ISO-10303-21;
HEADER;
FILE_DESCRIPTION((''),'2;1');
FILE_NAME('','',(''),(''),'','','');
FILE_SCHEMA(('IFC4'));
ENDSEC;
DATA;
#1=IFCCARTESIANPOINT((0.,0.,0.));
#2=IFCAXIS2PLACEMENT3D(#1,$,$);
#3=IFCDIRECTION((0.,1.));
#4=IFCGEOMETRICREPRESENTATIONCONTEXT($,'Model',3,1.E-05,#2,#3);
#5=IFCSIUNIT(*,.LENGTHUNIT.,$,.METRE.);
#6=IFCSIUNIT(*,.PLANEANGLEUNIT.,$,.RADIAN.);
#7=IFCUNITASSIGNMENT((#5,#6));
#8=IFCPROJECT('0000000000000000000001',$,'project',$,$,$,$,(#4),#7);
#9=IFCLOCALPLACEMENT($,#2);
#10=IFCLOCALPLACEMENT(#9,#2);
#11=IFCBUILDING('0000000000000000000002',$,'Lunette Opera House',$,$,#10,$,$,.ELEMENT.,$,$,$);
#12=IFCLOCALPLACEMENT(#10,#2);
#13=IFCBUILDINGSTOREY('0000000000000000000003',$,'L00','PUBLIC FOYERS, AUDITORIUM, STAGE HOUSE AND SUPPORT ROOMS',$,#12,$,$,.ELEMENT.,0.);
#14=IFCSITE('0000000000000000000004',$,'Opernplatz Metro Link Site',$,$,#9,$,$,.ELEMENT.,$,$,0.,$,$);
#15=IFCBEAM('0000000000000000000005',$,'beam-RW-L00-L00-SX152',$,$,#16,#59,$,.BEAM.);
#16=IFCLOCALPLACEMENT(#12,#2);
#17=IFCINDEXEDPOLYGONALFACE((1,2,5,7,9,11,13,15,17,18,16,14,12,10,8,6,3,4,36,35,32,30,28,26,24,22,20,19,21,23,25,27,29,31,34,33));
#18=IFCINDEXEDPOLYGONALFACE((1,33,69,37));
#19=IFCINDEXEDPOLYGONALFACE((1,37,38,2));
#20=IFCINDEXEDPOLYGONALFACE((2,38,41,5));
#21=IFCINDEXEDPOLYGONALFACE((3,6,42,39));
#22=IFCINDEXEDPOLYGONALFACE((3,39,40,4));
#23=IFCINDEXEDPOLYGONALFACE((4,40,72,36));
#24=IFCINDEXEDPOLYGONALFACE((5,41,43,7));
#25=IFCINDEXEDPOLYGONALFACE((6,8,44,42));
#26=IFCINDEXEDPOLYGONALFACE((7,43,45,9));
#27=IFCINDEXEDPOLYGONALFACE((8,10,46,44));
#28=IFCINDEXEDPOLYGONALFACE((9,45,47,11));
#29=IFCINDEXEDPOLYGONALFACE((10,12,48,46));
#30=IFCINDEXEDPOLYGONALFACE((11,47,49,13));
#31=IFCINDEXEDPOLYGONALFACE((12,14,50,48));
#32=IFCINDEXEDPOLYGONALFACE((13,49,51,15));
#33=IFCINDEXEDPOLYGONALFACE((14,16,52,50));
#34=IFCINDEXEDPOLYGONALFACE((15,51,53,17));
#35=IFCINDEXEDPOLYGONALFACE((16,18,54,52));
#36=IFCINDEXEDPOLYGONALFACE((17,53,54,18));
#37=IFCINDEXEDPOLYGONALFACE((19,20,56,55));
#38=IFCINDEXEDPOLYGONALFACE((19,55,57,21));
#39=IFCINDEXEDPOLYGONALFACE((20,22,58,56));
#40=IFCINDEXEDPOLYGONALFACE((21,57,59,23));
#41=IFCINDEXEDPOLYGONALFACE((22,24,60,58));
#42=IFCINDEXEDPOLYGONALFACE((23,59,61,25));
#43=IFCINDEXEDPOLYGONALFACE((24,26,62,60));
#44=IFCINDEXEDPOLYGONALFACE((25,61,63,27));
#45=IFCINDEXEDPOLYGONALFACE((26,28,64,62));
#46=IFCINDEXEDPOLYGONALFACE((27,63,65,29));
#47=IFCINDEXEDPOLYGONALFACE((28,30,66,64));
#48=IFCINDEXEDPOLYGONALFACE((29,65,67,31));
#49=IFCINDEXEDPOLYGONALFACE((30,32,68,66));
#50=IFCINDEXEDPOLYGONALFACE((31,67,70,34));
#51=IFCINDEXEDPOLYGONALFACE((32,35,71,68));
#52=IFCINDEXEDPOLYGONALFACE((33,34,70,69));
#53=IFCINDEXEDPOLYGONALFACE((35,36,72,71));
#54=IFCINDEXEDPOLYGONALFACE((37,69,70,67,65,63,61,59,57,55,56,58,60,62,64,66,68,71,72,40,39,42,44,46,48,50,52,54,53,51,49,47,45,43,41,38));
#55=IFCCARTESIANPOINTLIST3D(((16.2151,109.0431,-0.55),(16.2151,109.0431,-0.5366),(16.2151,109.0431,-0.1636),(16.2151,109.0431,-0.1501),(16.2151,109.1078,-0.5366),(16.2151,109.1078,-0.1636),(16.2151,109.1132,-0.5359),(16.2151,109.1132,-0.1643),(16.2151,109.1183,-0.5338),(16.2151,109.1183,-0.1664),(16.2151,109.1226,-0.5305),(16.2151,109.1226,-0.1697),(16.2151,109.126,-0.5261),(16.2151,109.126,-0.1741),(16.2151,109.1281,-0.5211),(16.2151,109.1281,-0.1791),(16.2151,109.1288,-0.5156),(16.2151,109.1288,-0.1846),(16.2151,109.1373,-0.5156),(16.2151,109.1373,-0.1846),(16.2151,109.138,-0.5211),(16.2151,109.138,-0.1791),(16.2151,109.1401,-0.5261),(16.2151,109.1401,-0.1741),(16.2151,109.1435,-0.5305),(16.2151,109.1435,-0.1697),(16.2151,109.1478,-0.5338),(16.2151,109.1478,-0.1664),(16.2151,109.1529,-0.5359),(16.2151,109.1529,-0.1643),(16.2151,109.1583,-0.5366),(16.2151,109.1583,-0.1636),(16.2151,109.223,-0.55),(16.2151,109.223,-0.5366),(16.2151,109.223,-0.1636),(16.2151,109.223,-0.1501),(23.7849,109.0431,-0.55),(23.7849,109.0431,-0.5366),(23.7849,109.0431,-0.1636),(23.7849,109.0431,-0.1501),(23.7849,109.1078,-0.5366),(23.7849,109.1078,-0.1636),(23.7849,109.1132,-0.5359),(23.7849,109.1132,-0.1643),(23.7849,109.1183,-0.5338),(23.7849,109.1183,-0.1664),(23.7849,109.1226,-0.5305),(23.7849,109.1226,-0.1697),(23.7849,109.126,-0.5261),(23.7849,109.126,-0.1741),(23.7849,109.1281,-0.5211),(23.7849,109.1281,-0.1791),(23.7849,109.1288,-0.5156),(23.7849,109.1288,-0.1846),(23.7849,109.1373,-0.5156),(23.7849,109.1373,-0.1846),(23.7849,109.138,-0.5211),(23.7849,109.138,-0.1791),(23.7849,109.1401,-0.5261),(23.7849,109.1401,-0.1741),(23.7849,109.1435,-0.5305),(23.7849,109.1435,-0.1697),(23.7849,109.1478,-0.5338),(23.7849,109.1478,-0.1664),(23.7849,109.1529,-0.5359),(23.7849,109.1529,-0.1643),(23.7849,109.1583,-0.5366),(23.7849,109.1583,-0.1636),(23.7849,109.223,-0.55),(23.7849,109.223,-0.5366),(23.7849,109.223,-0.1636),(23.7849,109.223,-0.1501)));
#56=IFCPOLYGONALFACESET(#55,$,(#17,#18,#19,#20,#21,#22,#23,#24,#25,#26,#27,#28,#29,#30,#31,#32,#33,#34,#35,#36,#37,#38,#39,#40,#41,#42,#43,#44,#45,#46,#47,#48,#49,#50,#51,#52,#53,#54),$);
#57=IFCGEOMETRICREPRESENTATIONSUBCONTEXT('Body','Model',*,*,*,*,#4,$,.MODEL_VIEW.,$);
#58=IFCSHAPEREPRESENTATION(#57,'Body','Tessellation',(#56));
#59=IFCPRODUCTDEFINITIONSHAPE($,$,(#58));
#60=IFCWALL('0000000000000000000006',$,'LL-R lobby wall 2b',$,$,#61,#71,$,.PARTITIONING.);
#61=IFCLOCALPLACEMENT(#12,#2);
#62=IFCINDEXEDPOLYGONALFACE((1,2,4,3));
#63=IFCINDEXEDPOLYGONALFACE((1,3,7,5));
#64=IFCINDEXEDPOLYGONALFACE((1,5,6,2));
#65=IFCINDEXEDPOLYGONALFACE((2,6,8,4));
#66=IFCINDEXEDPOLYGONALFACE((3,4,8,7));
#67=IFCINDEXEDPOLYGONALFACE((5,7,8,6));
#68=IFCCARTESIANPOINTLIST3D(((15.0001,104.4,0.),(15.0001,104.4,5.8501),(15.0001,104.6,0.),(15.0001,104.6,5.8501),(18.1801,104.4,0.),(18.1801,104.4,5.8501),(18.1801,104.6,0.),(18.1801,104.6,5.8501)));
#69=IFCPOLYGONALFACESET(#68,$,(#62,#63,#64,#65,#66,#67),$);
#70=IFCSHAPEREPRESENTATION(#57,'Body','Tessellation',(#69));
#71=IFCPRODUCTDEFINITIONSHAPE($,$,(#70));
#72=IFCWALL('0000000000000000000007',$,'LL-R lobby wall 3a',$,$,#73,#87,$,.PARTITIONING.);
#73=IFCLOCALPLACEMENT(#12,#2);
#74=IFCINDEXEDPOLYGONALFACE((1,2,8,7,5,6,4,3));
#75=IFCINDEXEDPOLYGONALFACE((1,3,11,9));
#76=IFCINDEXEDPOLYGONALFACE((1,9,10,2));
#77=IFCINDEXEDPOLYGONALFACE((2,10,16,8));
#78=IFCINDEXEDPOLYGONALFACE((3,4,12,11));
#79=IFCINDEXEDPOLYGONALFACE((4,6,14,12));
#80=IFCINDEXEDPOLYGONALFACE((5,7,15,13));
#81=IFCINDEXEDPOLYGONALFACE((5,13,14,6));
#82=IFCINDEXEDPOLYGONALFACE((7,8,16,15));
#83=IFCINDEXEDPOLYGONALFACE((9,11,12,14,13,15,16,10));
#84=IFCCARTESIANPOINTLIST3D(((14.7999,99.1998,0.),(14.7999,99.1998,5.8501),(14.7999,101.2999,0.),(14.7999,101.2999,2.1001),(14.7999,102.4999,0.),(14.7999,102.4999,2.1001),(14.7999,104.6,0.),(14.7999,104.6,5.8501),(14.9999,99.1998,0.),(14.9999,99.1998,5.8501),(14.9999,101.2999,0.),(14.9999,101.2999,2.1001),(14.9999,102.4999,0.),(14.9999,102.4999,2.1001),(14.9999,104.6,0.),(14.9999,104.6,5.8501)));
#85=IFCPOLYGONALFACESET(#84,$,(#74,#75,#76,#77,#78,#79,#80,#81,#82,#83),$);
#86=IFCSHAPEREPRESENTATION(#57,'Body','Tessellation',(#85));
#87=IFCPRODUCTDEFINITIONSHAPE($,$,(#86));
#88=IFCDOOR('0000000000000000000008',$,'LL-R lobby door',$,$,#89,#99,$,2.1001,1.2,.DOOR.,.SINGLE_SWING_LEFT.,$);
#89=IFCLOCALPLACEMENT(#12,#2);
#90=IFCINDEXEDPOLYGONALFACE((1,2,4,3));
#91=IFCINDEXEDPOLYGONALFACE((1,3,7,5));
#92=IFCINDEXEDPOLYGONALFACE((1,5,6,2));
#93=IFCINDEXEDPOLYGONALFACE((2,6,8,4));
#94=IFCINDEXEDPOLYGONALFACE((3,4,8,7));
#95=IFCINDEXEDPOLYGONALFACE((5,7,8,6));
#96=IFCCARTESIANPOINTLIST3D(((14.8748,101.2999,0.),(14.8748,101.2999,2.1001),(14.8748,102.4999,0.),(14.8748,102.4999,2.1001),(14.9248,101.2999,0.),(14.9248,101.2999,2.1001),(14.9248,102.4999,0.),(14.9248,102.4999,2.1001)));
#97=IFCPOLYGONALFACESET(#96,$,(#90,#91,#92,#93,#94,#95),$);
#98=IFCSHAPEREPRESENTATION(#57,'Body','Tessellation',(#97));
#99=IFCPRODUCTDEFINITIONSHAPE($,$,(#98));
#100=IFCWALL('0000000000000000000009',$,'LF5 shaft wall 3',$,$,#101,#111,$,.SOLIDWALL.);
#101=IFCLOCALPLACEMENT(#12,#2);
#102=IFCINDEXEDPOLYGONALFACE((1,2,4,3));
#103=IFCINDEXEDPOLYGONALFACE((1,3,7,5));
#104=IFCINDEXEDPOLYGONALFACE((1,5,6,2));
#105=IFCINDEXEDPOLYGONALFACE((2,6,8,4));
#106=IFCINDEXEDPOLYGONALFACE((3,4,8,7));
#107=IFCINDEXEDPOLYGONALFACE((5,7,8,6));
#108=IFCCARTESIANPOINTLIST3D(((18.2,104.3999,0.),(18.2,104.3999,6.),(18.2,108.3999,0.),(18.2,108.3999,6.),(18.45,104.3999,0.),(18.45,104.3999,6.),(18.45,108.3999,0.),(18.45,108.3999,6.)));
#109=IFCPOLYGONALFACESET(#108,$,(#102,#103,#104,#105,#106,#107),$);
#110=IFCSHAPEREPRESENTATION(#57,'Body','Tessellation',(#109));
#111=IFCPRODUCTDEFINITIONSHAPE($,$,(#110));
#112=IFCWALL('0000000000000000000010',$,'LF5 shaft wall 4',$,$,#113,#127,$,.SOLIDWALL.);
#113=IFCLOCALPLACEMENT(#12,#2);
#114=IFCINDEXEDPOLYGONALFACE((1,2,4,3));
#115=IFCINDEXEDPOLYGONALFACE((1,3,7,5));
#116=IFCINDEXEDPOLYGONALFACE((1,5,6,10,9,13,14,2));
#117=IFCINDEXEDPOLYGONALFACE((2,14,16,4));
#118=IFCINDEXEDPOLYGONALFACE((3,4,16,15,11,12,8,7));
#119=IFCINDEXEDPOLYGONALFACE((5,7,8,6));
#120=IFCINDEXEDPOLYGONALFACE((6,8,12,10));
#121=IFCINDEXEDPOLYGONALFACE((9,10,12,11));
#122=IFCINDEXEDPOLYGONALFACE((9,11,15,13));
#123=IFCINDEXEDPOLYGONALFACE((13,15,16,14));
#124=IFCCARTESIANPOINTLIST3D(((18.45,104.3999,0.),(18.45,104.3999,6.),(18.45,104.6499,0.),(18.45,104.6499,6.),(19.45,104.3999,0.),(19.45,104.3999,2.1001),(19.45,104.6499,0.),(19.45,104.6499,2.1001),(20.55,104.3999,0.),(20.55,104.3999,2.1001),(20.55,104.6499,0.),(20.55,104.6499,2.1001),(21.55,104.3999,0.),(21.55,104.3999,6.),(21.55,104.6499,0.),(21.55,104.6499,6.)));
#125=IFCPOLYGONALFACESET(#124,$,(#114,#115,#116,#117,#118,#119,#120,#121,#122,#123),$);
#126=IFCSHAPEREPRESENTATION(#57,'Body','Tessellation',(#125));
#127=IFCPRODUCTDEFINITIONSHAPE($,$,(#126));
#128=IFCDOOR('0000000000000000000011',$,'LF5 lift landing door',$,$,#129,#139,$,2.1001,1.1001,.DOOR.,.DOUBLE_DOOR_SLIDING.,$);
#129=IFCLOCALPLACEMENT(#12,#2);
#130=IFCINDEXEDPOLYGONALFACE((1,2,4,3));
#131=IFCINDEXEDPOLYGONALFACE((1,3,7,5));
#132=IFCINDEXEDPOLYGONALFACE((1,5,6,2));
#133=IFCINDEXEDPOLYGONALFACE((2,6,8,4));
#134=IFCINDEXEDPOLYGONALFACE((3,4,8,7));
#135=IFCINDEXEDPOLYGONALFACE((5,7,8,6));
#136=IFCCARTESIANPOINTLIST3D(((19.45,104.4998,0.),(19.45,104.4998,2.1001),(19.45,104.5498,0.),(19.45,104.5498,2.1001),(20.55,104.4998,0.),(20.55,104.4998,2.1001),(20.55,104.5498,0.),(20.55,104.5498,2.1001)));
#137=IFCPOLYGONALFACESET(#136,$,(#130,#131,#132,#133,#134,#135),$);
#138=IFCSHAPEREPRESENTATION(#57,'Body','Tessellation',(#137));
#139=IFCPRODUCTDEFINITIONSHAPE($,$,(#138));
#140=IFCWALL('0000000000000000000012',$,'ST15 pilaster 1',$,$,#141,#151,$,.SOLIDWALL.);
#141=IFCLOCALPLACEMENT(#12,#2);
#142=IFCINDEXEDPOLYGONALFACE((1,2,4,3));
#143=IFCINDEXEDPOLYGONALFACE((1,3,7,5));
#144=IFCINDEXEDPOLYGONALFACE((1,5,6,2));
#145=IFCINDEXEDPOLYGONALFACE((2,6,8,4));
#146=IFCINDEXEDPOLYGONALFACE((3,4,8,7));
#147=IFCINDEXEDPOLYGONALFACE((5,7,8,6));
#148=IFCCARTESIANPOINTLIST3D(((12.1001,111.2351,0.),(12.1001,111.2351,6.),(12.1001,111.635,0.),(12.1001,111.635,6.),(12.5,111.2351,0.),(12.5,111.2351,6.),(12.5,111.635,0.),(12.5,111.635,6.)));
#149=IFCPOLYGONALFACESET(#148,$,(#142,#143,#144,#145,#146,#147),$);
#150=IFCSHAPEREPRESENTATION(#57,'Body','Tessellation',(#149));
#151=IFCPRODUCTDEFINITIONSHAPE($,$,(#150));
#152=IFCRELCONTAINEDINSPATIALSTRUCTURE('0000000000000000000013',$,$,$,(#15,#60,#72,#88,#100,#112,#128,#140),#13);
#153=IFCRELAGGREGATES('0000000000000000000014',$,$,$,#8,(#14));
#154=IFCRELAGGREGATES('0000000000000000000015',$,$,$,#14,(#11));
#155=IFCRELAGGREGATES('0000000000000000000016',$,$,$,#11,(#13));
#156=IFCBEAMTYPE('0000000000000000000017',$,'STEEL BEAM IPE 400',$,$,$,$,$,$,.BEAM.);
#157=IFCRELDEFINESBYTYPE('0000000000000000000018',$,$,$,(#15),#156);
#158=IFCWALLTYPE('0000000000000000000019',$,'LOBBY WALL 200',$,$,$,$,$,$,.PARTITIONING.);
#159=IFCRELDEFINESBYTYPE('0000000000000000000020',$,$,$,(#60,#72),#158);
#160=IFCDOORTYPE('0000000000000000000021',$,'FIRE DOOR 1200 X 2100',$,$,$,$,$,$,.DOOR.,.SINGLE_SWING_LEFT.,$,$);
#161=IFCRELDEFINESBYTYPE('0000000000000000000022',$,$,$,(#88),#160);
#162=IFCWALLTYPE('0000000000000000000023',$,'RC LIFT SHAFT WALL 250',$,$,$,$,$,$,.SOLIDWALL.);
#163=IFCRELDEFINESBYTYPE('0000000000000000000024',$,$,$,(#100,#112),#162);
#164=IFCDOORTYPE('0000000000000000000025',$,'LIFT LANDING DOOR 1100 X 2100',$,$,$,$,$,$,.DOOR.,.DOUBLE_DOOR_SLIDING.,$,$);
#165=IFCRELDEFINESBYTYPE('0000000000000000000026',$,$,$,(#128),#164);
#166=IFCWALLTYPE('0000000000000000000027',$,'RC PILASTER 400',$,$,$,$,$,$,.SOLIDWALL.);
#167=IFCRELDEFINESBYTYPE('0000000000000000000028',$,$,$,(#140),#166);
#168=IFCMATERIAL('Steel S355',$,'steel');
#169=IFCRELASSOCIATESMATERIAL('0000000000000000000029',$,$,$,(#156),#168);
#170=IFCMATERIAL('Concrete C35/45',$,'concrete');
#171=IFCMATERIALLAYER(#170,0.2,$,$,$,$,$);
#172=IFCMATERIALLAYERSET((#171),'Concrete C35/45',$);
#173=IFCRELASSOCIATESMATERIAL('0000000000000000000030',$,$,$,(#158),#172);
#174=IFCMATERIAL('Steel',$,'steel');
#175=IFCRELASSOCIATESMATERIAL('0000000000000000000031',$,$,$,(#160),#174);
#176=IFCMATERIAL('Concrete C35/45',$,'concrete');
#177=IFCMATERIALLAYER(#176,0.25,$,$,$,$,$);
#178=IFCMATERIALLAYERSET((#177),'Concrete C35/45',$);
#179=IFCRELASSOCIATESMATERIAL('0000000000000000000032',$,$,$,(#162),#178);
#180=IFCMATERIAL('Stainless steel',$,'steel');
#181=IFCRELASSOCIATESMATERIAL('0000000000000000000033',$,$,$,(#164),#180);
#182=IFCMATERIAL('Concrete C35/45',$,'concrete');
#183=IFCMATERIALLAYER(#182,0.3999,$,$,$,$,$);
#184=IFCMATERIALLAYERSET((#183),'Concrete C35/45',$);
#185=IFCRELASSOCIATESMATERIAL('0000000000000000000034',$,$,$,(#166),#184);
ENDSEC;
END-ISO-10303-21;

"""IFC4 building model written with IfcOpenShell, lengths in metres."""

from ifc_helpers import new_model, si_unit, direction, frame, frame_2d, origin, origin_2d, place, context, subcontext, project, spatial, rectangle, i_section, extrude, material, layer, layer_set, material_profile, profile_set, type_object, element, fill, save


model = new_model("IFC4")

# Units and contexts
model_context = context("Model", 3, precision=1e-05, world=origin(), true_north=direction((0.0, 1.0)))
body_context = subcontext(model_context, "Body", "Model", "MODEL_VIEW")
ifc_project = project(units=[si_unit("LENGTHUNIT", "METRE"), si_unit("PLANEANGLEUNIT", "RADIAN")], contexts=[model_context])

# Site, building, storey
site_placement = place(None, origin())
site = spatial("IfcSite", under=ifc_project, at=site_placement, Name="Opernplatz Metro Link Site", CompositionType="ELEMENT", RefElevation=0.0)
building_placement = place(site_placement, origin())
building = spatial("IfcBuilding", under=site, at=building_placement, Name="Lunette Opera House", CompositionType="ELEMENT")
storey_placement = place(building_placement, origin())
storey = spatial("IfcBuildingStorey", under=building, at=storey_placement, Name="L00", Description="PUBLIC FOYERS, AUDITORIUM, STAGE HOUSE AND SUPPORT ROOMS", CompositionType="ELEMENT", Elevation=0.0)

# Beam
ifc_material_1 = material(Name="Steel S355", Category="steel")
ifc_material_profile_1 = material_profile(ifc_material_1, i_section(OverallWidth=0.1799, OverallDepth=0.3999, WebThickness=0.0085, FlangeThickness=0.0134, FilletRadius=0.021, at=origin_2d()), Name="IPE 400")
ifc_profile_set_1 = profile_set([ifc_material_profile_1], Name="Steel S355")
beam_type_1 = type_object("IfcBeamType", Name="STEEL BEAM IPE 400", PredefinedType="BEAM", material=ifc_profile_set_1)
beam_1_placement = place(storey_placement, frame((16.2151, 109.1331, -0.3501), z_axis=(1.0, 0.0, 0.0), x_axis=(0.0, 1.0, 0.0)))
element("IfcBeam", 1, at=beam_1_placement, inside=storey, type_object=beam_type_1, Name="beam-RW-L00-L00-SX152", PredefinedType="BEAM", context=body_context, shape_type="SweptSolid", body=[
    extrude(i_section(OverallWidth=0.1799, OverallDepth=0.3999, WebThickness=0.0085, FlangeThickness=0.0134, FilletRadius=0.021, at=origin_2d()), origin(), (0.0, 0.0, 1.0), 7.5698),
])

# Wall
ifc_material_2 = material(Name="Concrete C35/45", Category="concrete")
ifc_layer_1 = layer(ifc_material_2, 0.2)
ifc_layer_set_1 = layer_set([ifc_layer_1], Name="Concrete C35/45")
wall_type_1 = type_object("IfcWallType", Name="LOBBY WALL 200", PredefinedType="PARTITIONING", material=ifc_layer_set_1)
wall_1_placement = place(storey_placement, frame((18.1799, 104.5, 0.0), z_axis=(0.0, 0.0, 1.0), x_axis=(-1.0, 0.0, 0.0)))
element("IfcWall", 2, at=wall_1_placement, inside=storey, type_object=wall_type_1, Name="LL-R lobby wall 2b", PredefinedType="PARTITIONING", context=body_context, shape_type="SweptSolid", body=[
    extrude(rectangle(XDim=3.1799, YDim=0.2, at=frame_2d((1.5898, 0.0))), origin(), (0.0, 0.0, 1.0), 5.8501),
])

# Wall, opening, door
wall_2_placement = place(storey_placement, frame((14.8999, 104.6001, 0.0), z_axis=(0.0, 0.0, 1.0), x_axis=(0.0, -1.0, 0.0)))
wall_2 = element("IfcWall", 3, at=wall_2_placement, inside=storey, type_object=wall_type_1, Name="LL-R lobby wall 3a", PredefinedType="PARTITIONING", context=body_context, shape_type="SweptSolid", body=[
    extrude(rectangle(XDim=5.4001, YDim=0.2, at=frame_2d((2.7002, 0.0))), origin(), (0.0, 0.0, 1.0), 5.8501),
])
opening_1_placement = place(wall_2_placement, frame((2.1001, 0.0, 0.0)))
opening_1 = element("IfcOpeningElement", 4, at=opening_1_placement, cuts=wall_2, PredefinedType="OPENING", context=body_context, shape_type="SweptSolid", body=[
    extrude(rectangle(XDim=1.2, YDim=2.1001, at=frame_2d((0.6001, 1.05))), frame((0.0, 0.1121, 0.0), z_axis=(0.0, -1.0, 0.0), x_axis=(1.0, 0.0, 0.0)), (0.0, 0.0, 1.0), 0.2239),
])
ifc_material_3 = material(Name="Steel", Category="steel")
door_type_1 = type_object("IfcDoorType", Name="FIRE DOOR 1200 X 2100", OperationType="SINGLE_SWING_LEFT", PredefinedType="DOOR", material=ifc_material_3)
door_1_placement = place(opening_1_placement, origin())
door_1 = element("IfcDoor", 5, at=door_1_placement, inside=storey, type_object=door_type_1, Name="LL-R lobby door", OperationType="SINGLE_SWING_LEFT", OverallHeight=2.1001, OverallWidth=1.2, PredefinedType="DOOR", context=body_context, shape_type="SweptSolid", body=[
    extrude(rectangle(XDim=1.2, YDim=2.1001, at=frame_2d((0.6001, 1.05))), frame((0.0, 0.0249, 0.0), z_axis=(0.0, -1.0, 0.0), x_axis=(1.0, 0.0, 0.0)), (0.0, 0.0, 1.0), 0.05),
])
fill(opening_1, door_1)

# Wall
ifc_material_4 = material(Name="Concrete C35/45", Category="concrete")
ifc_layer_2 = layer(ifc_material_4, 0.25)
ifc_layer_set_2 = layer_set([ifc_layer_2], Name="Concrete C35/45")
wall_type_2 = type_object("IfcWallType", Name="RC LIFT SHAFT WALL 250", PredefinedType="SOLIDWALL", material=ifc_layer_set_2)
wall_3_placement = place(storey_placement, frame((18.325, 108.3999, 0.0), z_axis=(0.0, 0.0, 1.0), x_axis=(0.0, -1.0, 0.0)))
element("IfcWall", 6, at=wall_3_placement, inside=storey, type_object=wall_type_2, Name="LF5 shaft wall 3", PredefinedType="SOLIDWALL", context=body_context, shape_type="SweptSolid", body=[
    extrude(rectangle(XDim=4.0, YDim=0.25, at=frame_2d((2.0, 0.0))), origin(), (0.0, 0.0, 1.0), 6.0),
])

# Wall, opening, door
wall_4_placement = place(storey_placement, frame((18.45, 104.5249, 0.0), z_axis=(0.0, 0.0, 1.0), x_axis=(1.0, 0.0, 0.0)))
wall_4 = element("IfcWall", 7, at=wall_4_placement, inside=storey, type_object=wall_type_2, Name="LF5 shaft wall 4", PredefinedType="SOLIDWALL", context=body_context, shape_type="SweptSolid", body=[
    extrude(rectangle(XDim=3.1001, YDim=0.25, at=frame_2d((1.55, 0.0))), origin(), (0.0, 0.0, 1.0), 6.0),
])
opening_2_placement = place(wall_4_placement, frame((1.0, 0.0, 0.0)))
opening_2 = element("IfcOpeningElement", 8, at=opening_2_placement, cuts=wall_4, PredefinedType="OPENING", context=body_context, shape_type="SweptSolid", body=[
    extrude(rectangle(XDim=1.1001, YDim=2.1001, at=frame_2d((0.55, 1.05))), frame((0.0, 0.137, 0.0), z_axis=(0.0, -1.0, 0.0), x_axis=(1.0, 0.0, 0.0)), (0.0, 0.0, 1.0), 0.2739),
])
ifc_material_5 = material(Name="Stainless steel", Category="steel")
door_type_2 = type_object("IfcDoorType", Name="LIFT LANDING DOOR 1100 X 2100", OperationType="DOUBLE_DOOR_SLIDING", PredefinedType="DOOR", material=ifc_material_5)
door_2_placement = place(opening_2_placement, origin())
door_2 = element("IfcDoor", 9, at=door_2_placement, inside=storey, type_object=door_type_2, Name="LF5 lift landing door", OperationType="DOUBLE_DOOR_SLIDING", OverallHeight=2.1001, OverallWidth=1.1001, PredefinedType="DOOR", context=body_context, shape_type="SweptSolid", body=[
    extrude(rectangle(XDim=1.1001, YDim=2.1001, at=frame_2d((0.55, 1.05))), frame((0.0, 0.0249, 0.0), z_axis=(0.0, -1.0, 0.0), x_axis=(1.0, 0.0, 0.0)), (0.0, 0.0, 1.0), 0.05),
])
fill(opening_2, door_2)

# Wall
ifc_material_6 = material(Name="Concrete C35/45", Category="concrete")
ifc_layer_3 = layer(ifc_material_6, 0.3999)
ifc_layer_set_3 = layer_set([ifc_layer_3], Name="Concrete C35/45")
wall_type_3 = type_object("IfcWallType", Name="RC PILASTER 400", PredefinedType="SOLIDWALL", material=ifc_layer_set_3)
wall_5_placement = place(storey_placement, frame((12.5, 111.4351, 0.0), z_axis=(0.0, 0.0, 1.0), x_axis=(-1.0, 0.0, 0.0)))
element("IfcWall", 10, at=wall_5_placement, inside=storey, type_object=wall_type_3, Name="ST15 pilaster 1", PredefinedType="SOLIDWALL", context=body_context, shape_type="SweptSolid", body=[
    extrude(rectangle(XDim=0.3999, YDim=0.3999, at=frame_2d((0.2, 0.0))), origin(), (0.0, 0.0, 1.0), 6.0),
])

save(model, "model.ifc")
